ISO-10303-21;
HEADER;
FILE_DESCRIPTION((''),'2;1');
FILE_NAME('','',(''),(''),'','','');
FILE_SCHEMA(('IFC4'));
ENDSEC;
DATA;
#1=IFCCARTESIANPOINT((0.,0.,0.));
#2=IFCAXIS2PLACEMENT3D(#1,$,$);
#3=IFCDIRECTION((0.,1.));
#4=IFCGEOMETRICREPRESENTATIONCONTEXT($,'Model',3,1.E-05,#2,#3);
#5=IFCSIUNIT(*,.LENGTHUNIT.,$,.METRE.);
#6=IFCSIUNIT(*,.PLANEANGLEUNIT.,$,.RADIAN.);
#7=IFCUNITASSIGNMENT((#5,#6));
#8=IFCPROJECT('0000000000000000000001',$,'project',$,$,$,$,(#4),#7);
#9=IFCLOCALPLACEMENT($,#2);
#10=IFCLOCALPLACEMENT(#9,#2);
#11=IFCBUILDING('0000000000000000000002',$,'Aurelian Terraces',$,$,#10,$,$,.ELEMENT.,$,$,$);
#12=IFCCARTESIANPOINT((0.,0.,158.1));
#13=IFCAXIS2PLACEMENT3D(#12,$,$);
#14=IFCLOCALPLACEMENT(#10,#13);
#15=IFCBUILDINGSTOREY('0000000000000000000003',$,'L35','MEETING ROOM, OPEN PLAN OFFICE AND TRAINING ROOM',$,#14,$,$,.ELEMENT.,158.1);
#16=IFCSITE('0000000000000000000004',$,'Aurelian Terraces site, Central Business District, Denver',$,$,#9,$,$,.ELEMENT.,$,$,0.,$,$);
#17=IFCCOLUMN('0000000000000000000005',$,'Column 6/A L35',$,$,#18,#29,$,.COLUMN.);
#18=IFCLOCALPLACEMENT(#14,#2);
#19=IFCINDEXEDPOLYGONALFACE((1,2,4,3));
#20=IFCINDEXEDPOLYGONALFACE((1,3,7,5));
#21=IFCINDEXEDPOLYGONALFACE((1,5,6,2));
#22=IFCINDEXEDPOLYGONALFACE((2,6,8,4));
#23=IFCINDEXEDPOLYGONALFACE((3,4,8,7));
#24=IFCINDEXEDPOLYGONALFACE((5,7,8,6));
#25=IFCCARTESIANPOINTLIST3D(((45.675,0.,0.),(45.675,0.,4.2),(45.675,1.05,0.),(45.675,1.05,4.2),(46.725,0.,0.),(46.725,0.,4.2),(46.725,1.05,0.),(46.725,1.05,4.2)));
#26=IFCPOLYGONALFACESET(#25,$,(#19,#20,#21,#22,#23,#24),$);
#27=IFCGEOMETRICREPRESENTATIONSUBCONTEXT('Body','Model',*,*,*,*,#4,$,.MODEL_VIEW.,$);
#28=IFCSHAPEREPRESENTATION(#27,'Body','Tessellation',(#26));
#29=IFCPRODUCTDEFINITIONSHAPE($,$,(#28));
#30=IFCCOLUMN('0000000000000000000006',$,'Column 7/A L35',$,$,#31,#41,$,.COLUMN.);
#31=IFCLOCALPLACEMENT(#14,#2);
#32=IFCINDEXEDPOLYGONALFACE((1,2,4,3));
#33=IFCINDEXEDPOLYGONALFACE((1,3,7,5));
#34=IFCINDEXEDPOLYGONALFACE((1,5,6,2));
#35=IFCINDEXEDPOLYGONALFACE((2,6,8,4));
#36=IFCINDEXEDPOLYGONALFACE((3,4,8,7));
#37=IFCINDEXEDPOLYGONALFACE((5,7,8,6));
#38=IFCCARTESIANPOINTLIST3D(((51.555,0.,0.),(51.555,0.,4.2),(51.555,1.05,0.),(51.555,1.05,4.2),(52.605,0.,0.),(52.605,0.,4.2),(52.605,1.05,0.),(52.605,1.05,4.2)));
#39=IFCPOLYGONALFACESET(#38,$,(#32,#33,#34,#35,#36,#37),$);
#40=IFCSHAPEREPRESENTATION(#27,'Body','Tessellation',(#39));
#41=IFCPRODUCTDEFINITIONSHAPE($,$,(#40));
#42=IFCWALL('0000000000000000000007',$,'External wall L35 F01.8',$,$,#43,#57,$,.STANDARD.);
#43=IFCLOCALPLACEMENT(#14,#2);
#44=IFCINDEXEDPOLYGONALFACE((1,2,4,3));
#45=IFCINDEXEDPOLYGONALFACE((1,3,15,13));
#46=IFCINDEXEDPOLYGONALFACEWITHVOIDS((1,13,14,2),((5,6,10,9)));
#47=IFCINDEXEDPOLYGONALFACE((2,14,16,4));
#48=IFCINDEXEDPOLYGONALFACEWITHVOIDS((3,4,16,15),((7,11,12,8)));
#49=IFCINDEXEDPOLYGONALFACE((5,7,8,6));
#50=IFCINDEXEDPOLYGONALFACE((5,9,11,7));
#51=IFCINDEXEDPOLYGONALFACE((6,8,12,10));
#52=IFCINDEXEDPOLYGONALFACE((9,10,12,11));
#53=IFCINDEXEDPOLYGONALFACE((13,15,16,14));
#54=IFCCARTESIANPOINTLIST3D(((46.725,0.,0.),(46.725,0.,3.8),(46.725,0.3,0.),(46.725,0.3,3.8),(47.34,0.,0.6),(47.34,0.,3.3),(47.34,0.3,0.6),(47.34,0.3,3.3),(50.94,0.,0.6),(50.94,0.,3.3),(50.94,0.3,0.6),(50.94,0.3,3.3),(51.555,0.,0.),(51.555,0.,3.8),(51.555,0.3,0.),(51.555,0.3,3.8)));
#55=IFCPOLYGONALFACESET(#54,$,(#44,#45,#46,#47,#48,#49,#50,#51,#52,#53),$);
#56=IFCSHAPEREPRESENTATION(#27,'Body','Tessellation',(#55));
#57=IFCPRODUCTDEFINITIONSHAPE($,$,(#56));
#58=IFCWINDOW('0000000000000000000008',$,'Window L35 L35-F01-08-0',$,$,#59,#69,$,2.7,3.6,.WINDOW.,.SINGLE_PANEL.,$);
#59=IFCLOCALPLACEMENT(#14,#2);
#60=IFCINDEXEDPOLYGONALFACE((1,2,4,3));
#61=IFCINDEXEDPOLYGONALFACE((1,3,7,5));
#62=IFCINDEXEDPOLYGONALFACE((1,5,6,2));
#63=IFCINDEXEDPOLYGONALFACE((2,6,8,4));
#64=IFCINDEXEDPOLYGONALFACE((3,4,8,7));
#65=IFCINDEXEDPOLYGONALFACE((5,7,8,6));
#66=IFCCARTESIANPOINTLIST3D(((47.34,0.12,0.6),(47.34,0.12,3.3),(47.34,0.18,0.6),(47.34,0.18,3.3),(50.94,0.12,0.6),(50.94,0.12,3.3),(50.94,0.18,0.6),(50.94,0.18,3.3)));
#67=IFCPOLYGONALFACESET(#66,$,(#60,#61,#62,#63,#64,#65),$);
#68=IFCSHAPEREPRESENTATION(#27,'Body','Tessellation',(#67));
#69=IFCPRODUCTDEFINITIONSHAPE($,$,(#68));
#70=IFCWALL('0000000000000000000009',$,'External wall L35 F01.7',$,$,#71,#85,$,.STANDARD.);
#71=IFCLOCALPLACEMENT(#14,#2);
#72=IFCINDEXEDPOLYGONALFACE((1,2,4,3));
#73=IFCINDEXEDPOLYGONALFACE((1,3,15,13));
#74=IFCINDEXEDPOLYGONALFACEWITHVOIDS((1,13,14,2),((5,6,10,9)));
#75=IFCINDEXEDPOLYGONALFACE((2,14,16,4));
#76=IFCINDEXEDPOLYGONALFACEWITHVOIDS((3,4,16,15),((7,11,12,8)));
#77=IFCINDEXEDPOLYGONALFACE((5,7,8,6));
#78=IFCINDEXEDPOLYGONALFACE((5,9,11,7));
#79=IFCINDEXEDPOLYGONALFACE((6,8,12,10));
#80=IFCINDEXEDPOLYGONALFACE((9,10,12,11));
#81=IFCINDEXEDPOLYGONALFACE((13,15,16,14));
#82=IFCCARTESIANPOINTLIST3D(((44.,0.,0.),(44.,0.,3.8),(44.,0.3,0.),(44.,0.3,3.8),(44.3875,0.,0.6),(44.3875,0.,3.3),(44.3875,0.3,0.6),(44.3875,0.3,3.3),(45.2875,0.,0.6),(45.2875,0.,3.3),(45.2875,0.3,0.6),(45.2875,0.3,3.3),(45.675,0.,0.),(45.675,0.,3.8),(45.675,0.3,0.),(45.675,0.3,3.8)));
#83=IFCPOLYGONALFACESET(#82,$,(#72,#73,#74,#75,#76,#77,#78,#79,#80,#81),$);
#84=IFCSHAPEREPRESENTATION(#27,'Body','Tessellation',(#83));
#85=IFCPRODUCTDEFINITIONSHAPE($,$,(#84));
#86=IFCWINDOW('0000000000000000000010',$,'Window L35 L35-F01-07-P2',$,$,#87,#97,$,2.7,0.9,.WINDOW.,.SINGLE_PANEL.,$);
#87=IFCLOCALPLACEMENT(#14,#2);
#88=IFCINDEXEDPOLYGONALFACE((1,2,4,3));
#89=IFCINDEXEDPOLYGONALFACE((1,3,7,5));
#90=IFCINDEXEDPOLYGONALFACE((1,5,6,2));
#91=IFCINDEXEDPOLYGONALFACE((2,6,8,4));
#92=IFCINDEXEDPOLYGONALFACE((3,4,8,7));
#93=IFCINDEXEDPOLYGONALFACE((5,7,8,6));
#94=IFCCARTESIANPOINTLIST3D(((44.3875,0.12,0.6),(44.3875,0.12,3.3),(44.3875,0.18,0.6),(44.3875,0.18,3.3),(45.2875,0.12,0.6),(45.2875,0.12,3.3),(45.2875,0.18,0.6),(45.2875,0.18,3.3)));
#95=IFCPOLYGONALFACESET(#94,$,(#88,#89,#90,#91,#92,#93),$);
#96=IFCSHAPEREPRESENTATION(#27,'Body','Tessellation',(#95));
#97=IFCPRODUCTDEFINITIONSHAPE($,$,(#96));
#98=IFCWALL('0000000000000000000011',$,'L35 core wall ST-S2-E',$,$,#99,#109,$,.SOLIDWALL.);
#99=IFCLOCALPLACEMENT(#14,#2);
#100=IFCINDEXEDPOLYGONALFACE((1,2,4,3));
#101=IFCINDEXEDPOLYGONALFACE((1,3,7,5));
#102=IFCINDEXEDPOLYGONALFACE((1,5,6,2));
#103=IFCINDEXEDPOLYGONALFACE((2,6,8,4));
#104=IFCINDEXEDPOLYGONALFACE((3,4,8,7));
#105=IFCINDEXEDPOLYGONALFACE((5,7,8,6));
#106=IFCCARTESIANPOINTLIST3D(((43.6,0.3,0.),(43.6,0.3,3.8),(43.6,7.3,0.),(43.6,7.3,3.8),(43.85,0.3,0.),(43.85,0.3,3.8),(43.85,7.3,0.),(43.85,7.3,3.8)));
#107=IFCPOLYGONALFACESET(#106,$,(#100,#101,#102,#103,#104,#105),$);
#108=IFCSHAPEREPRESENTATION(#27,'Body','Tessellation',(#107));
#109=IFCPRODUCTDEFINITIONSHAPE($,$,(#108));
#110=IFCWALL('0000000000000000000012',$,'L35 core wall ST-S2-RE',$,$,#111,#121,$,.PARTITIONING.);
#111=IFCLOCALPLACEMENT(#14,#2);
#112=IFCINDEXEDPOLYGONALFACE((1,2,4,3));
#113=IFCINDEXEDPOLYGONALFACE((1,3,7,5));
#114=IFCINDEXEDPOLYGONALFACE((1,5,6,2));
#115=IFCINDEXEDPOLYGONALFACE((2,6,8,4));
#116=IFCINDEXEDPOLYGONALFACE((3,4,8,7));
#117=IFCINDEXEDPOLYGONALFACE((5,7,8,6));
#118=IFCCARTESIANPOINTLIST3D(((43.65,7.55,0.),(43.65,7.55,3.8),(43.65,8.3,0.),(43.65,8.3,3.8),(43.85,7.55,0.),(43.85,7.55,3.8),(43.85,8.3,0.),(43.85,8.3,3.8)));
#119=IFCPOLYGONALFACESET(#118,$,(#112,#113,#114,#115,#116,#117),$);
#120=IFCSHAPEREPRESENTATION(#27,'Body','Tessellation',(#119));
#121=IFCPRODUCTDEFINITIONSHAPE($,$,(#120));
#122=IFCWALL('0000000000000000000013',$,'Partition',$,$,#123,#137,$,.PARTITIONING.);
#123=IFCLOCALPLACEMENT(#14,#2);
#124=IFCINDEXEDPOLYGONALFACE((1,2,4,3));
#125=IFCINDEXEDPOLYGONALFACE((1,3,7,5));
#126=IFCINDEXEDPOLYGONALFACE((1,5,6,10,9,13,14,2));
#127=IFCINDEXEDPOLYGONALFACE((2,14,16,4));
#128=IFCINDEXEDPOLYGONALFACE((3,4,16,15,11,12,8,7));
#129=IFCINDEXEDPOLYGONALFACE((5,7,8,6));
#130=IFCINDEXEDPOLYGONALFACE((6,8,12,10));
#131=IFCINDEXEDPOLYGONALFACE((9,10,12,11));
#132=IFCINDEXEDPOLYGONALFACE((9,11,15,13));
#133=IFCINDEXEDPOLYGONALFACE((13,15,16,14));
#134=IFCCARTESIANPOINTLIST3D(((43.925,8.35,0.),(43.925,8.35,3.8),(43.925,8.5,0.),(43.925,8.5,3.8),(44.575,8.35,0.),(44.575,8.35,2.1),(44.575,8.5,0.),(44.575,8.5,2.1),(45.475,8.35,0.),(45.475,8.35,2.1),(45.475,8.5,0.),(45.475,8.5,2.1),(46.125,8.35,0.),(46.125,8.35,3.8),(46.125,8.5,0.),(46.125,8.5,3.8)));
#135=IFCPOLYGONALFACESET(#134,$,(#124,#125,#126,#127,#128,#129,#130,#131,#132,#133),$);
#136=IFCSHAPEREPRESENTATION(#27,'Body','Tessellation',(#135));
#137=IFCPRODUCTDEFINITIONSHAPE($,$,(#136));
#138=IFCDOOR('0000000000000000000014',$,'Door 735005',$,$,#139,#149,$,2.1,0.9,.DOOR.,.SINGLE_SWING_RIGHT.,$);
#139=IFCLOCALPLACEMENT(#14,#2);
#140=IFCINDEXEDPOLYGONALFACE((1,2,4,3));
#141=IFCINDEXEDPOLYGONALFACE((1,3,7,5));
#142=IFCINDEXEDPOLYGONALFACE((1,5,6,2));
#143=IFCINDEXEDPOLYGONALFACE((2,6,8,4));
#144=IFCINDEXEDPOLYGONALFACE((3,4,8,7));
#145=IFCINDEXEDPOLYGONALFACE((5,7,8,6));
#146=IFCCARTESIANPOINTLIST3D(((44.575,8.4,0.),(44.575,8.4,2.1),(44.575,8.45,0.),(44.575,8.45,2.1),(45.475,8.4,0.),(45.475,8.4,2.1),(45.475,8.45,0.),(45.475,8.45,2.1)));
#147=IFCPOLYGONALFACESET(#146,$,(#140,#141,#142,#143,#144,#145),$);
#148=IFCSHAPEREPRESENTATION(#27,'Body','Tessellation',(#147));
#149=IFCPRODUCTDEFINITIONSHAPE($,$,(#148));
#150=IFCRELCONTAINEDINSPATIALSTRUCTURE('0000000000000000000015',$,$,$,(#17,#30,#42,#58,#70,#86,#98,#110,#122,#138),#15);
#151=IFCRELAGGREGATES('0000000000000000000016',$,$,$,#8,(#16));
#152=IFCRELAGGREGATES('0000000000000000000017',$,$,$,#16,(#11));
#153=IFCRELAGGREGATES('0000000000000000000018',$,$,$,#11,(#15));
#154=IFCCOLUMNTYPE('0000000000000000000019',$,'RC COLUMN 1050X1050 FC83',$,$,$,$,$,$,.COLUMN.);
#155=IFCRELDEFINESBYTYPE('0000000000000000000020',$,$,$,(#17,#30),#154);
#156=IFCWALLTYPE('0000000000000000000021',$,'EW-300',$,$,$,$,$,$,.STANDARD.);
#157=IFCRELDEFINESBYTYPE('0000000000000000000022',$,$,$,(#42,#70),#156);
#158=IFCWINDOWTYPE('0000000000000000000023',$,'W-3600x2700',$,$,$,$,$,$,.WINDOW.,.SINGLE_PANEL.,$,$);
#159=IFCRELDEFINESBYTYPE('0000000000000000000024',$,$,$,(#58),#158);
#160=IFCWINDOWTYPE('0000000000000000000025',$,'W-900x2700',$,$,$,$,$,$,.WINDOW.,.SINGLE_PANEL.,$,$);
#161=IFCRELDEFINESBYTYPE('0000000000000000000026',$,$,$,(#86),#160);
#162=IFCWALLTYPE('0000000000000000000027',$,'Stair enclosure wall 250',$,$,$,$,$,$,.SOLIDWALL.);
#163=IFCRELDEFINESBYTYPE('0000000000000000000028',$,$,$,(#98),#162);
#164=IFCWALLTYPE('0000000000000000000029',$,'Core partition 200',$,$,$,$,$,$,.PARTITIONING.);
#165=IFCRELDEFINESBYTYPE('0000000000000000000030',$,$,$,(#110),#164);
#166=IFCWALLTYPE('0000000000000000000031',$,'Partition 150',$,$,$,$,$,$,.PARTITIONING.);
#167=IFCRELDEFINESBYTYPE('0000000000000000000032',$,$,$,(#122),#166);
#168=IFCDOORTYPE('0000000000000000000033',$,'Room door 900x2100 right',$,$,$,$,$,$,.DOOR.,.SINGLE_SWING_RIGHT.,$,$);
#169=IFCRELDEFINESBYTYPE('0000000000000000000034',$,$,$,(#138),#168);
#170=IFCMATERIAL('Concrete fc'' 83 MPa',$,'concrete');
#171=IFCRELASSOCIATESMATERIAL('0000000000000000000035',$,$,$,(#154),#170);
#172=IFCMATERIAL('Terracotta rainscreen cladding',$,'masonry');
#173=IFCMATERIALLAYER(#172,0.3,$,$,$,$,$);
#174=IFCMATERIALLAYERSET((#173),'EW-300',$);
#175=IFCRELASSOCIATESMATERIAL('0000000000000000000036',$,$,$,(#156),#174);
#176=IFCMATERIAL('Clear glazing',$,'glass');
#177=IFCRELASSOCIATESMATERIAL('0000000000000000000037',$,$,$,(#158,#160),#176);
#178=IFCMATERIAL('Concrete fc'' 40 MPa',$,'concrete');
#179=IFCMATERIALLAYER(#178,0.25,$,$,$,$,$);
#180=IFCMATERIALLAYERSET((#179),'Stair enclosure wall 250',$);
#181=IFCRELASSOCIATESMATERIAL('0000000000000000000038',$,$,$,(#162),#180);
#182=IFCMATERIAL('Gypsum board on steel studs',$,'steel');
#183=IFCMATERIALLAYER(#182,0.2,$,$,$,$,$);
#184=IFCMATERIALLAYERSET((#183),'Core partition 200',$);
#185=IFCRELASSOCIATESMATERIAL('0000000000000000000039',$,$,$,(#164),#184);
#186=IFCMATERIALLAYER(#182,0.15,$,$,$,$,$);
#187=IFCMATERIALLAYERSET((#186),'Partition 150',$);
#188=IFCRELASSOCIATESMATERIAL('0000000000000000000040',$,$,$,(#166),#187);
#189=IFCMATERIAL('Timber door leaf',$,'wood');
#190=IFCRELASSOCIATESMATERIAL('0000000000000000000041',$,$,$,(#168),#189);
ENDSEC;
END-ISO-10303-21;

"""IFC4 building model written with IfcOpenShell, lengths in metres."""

from ifc_helpers import new_model, si_unit, direction, frame, frame_2d, origin, origin_2d, place, context, subcontext, project, spatial, rectangle, extrude, source, transform, mapped, material, layer, layer_set, material_profile, profile_set, type_object, element, fill, save


model = new_model("IFC4")

# Units and contexts
model_context = context("Model", 3, precision=1e-05, world=origin(), true_north=direction((0.0, 1.0)))
body_context = subcontext(model_context, "Body", "Model", "MODEL_VIEW")
ifc_project = project(units=[si_unit("LENGTHUNIT", "METRE"), si_unit("PLANEANGLEUNIT", "RADIAN")], contexts=[model_context])

# Site, building, storey
site_placement = place(None, origin())
site = spatial("IfcSite", under=ifc_project, at=site_placement, Name="Aurelian Terraces site, Central Business District, Denver", CompositionType="ELEMENT", RefElevation=0.0)
building_placement = place(site_placement, origin())
building = spatial("IfcBuilding", under=site, at=building_placement, Name="Aurelian Terraces", CompositionType="ELEMENT")
storey_placement = place(building_placement, frame((0.0, 0.0, 158.1)))
storey = spatial("IfcBuildingStorey", under=building, at=storey_placement, Name="L35", Description="MEETING ROOM, OPEN PLAN OFFICE AND TRAINING ROOM", CompositionType="ELEMENT", Elevation=158.1)

# Columns
ifc_material_1 = material(Name="Concrete fc' 83 MPa", Category="concrete")
ifc_material_profile = material_profile(ifc_material_1, rectangle(XDim=1.05, YDim=1.05, at=origin_2d()))
ifc_profile_set = profile_set([ifc_material_profile], Name="Concrete fc' 83 MPa")
column_type = type_object("IfcColumnType", Name="RC COLUMN 1050X1050 FC83", PredefinedType="COLUMN", material=ifc_profile_set)
shared_shape_1 = source(origin(), body_context, "Body", "SweptSolid", [
    extrude(rectangle(XDim=1.05, YDim=1.05, at=origin_2d()), origin(), (0.0, 0.0, 1.0), 4.2),
])
for number, where, z_axis, x_axis, name in (
    (1, (46.2, 0.525, 0.0), (0.0, 0.0, 1.0), (1.0, 0.0, 0.0), "Column 6/A L35"),
    (2, (52.08, 0.525, 0.0), (0.0, 0.0, 1.0), (1.0, 0.0, 0.0), "Column 7/A L35"),
):
    element("IfcColumn", number, at=place(storey_placement, frame(where, z_axis=z_axis, x_axis=x_axis)), inside=storey, type_object=column_type, Name=name, PredefinedType="COLUMN", context=body_context, shape_type="MappedRepresentation", body=[
        mapped(shared_shape_1, transform((0.0, 0.0, 0.0), scale=1.0)),
    ])

# Walls, openings, windows
ifc_material_2 = material(Name="Terracotta rainscreen cladding", Category="masonry")
ifc_layer_1 = layer(ifc_material_2, 0.3)
ifc_layer_set_1 = layer_set([ifc_layer_1], Name="EW-300")
wall_type_1 = type_object("IfcWallType", Name="EW-300", PredefinedType="STANDARD", material=ifc_layer_set_1)
shared_shape_2 = source(origin(), body_context, "Body", "SweptSolid", [
    extrude(rectangle(XDim=4.83, YDim=0.3, at=frame_2d((2.415, 0.0))), origin(), (0.0, 0.0, 1.0), 3.8),
])
wall_1_placement = place(storey_placement, frame((46.725, 0.15, 0.0), z_axis=(0.0, 0.0, 1.0), x_axis=(1.0, 0.0, 0.0)))
wall_1 = element("IfcWall", 3, at=wall_1_placement, inside=storey, type_object=wall_type_1, Name="External wall L35 F01.8", PredefinedType="STANDARD", context=body_context, shape_type="MappedRepresentation", body=[
    mapped(shared_shape_2, transform((0.0, 0.0, 0.0), scale=1.0)),
])
shared_shape_3 = source(origin(), body_context, "Body", "SweptSolid", [
    extrude(rectangle(XDim=3.6, YDim=2.7, at=frame_2d((1.8, 1.35))), frame((0.0, 0.16, 0.0), z_axis=(0.0, -1.0, 0.0), x_axis=(1.0, 0.0, 0.0)), (0.0, 0.0, 1.0), 0.32),
])
opening_1_placement = place(wall_1_placement, frame((0.615, 0.0, 0.6)))
opening_1 = element("IfcOpeningElement", 4, at=opening_1_placement, cuts=wall_1, PredefinedType="OPENING", context=body_context, shape_type="MappedRepresentation", body=[
    mapped(shared_shape_3, transform((0.0, 0.0, 0.0), scale=1.0)),
])
ifc_material_3 = material(Name="Clear glazing", Category="glass")
window_type_1 = type_object("IfcWindowType", Name="W-3600x2700", PartitioningType="SINGLE_PANEL", PredefinedType="WINDOW", material=ifc_material_3)
shared_shape_4 = source(origin(), body_context, "Body", "SweptSolid", [
    extrude(rectangle(XDim=3.6, YDim=2.7, at=frame_2d((1.8, 1.35))), frame((0.0, 0.03, 0.0), z_axis=(0.0, -1.0, 0.0), x_axis=(1.0, 0.0, 0.0)), (0.0, 0.0, 1.0), 0.06),
])
window_1_placement = place(opening_1_placement, origin())
window_1 = element("IfcWindow", 5, at=window_1_placement, inside=storey, type_object=window_type_1, Name="Window L35 L35-F01-08-0", OverallHeight=2.7, OverallWidth=3.6, PartitioningType="SINGLE_PANEL", PredefinedType="WINDOW", context=body_context, shape_type="MappedRepresentation", body=[
    mapped(shared_shape_4, transform((0.0, 0.0, 0.0), scale=1.0)),
])
fill(opening_1, window_1)
shared_shape_5 = source(origin(), body_context, "Body", "SweptSolid", [
    extrude(rectangle(XDim=1.675, YDim=0.3, at=frame_2d((0.8375, 0.0))), origin(), (0.0, 0.0, 1.0), 3.8),
])
wall_2_placement = place(storey_placement, frame((44.0, 0.15, 0.0), z_axis=(0.0, 0.0, 1.0), x_axis=(1.0, 0.0, 0.0)))
wall_2 = element("IfcWall", 6, at=wall_2_placement, inside=storey, type_object=wall_type_1, Name="External wall L35 F01.7", PredefinedType="STANDARD", context=body_context, shape_type="MappedRepresentation", body=[
    mapped(shared_shape_5, transform((0.0, 0.0, 0.0), scale=1.0)),
])
shared_shape_6 = source(origin(), body_context, "Body", "SweptSolid", [
    extrude(rectangle(XDim=0.9, YDim=2.7, at=frame_2d((0.45, 1.35))), frame((0.0, 0.16, 0.0), z_axis=(0.0, -1.0, 0.0), x_axis=(1.0, 0.0, 0.0)), (0.0, 0.0, 1.0), 0.32),
])
opening_2_placement = place(wall_2_placement, frame((0.3875, 0.0, 0.6)))
opening_2 = element("IfcOpeningElement", 7, at=opening_2_placement, cuts=wall_2, PredefinedType="OPENING", context=body_context, shape_type="MappedRepresentation", body=[
    mapped(shared_shape_6, transform((0.0, 0.0, 0.0), scale=1.0)),
])
window_type_2 = type_object("IfcWindowType", Name="W-900x2700", PartitioningType="SINGLE_PANEL", PredefinedType="WINDOW", material=ifc_material_3)
shared_shape_7 = source(origin(), body_context, "Body", "SweptSolid", [
    extrude(rectangle(XDim=0.9, YDim=2.7, at=frame_2d((0.45, 1.35))), frame((0.0, 0.03, 0.0), z_axis=(0.0, -1.0, 0.0), x_axis=(1.0, 0.0, 0.0)), (0.0, 0.0, 1.0), 0.06),
])
window_2_placement = place(opening_2_placement, origin())
window_2 = element("IfcWindow", 8, at=window_2_placement, inside=storey, type_object=window_type_2, Name="Window L35 L35-F01-07-P2", OverallHeight=2.7, OverallWidth=0.9, PartitioningType="SINGLE_PANEL", PredefinedType="WINDOW", context=body_context, shape_type="MappedRepresentation", body=[
    mapped(shared_shape_7, transform((0.0, 0.0, 0.0), scale=1.0)),
])
fill(opening_2, window_2)

# Walls
ifc_material_4 = material(Name="Concrete fc' 40 MPa", Category="concrete")
ifc_layer_2 = layer(ifc_material_4, 0.25)
ifc_layer_set_2 = layer_set([ifc_layer_2], Name="Stair enclosure wall 250")
wall_type_2 = type_object("IfcWallType", Name="Stair enclosure wall 250", PredefinedType="SOLIDWALL", material=ifc_layer_set_2)
shared_shape_8 = source(origin(), body_context, "Body", "SweptSolid", [
    extrude(rectangle(XDim=7.0, YDim=0.25, at=frame_2d((3.5, 0.0))), origin(), (0.0, 0.0, 1.0), 3.8),
])
wall_3_placement = place(storey_placement, frame((43.725, 0.3, 0.0), z_axis=(0.0, 0.0, 1.0), x_axis=(0.0, 1.0, 0.0)))
element("IfcWall", 9, at=wall_3_placement, inside=storey, type_object=wall_type_2, Name="L35 core wall ST-S2-E", PredefinedType="SOLIDWALL", context=body_context, shape_type="MappedRepresentation", body=[
    mapped(shared_shape_8, transform((0.0, 0.0, 0.0), scale=1.0)),
])
ifc_material_5 = material(Name="Gypsum board on steel studs", Category="steel")
ifc_layer_3 = layer(ifc_material_5, 0.2)
ifc_layer_set_3 = layer_set([ifc_layer_3], Name="Core partition 200")
wall_type_3 = type_object("IfcWallType", Name="Core partition 200", PredefinedType="PARTITIONING", material=ifc_layer_set_3)
shared_shape_9 = source(origin(), body_context, "Body", "SweptSolid", [
    extrude(rectangle(XDim=0.75, YDim=0.2, at=frame_2d((0.375, 0.0))), origin(), (0.0, 0.0, 1.0), 3.8),
])
wall_4_placement = place(storey_placement, frame((43.75, 7.55, 0.0), z_axis=(0.0, 0.0, 1.0), x_axis=(0.0, 1.0, 0.0)))
element("IfcWall", 10, at=wall_4_placement, inside=storey, type_object=wall_type_3, Name="L35 core wall ST-S2-RE", PredefinedType="PARTITIONING", context=body_context, shape_type="MappedRepresentation", body=[
    mapped(shared_shape_9, transform((0.0, 0.0, 0.0), scale=1.0)),
])

# Wall, opening, door
ifc_layer_4 = layer(ifc_material_5, 0.15)
ifc_layer_set_4 = layer_set([ifc_layer_4], Name="Partition 150")
wall_type_4 = type_object("IfcWallType", Name="Partition 150", PredefinedType="PARTITIONING", material=ifc_layer_set_4)
shared_shape_10 = source(origin(), body_context, "Body", "SweptSolid", [
    extrude(rectangle(XDim=2.2, YDim=0.15, at=frame_2d((1.1, 0.0))), origin(), (0.0, 0.0, 1.0), 3.8),
])
wall_5_placement = place(storey_placement, frame((46.125, 8.425, 0.0), z_axis=(0.0, 0.0, 1.0), x_axis=(-1.0, 0.0, 0.0)))
wall_5 = element("IfcWall", 11, at=wall_5_placement, inside=storey, type_object=wall_type_4, Name="Partition", PredefinedType="PARTITIONING", context=body_context, shape_type="MappedRepresentation", body=[
    mapped(shared_shape_10, transform((0.0, 0.0, 0.0), scale=1.0)),
])
shared_shape_11 = source(origin(), body_context, "Body", "SweptSolid", [
    extrude(rectangle(XDim=0.9, YDim=2.1, at=frame_2d((0.45, 1.05))), frame((0.0, 0.085, 0.0), z_axis=(0.0, -1.0, 0.0), x_axis=(1.0, 0.0, 0.0)), (0.0, 0.0, 1.0), 0.17),
])
opening_3_placement = place(wall_5_placement, frame((0.65, 0.0, 0.0)))
opening_3 = element("IfcOpeningElement", 12, at=opening_3_placement, cuts=wall_5, PredefinedType="OPENING", context=body_context, shape_type="MappedRepresentation", body=[
    mapped(shared_shape_11, transform((0.0, 0.0, 0.0), scale=1.0)),
])
ifc_material_6 = material(Name="Timber door leaf", Category="wood")
door_type = type_object("IfcDoorType", Name="Room door 900x2100 right", OperationType="SINGLE_SWING_RIGHT", PredefinedType="DOOR", material=ifc_material_6)
shared_shape_12 = source(origin(), body_context, "Body", "SweptSolid", [
    extrude(rectangle(XDim=0.9, YDim=2.1, at=frame_2d((0.45, 1.05))), frame((0.0, 0.025, 0.0), z_axis=(0.0, -1.0, 0.0), x_axis=(1.0, 0.0, 0.0)), (0.0, 0.0, 1.0), 0.05),
])
door_placement = place(opening_3_placement, origin())
door = element("IfcDoor", 13, at=door_placement, inside=storey, type_object=door_type, Name="Door 735005", OperationType="SINGLE_SWING_RIGHT", OverallHeight=2.1, OverallWidth=0.9, PredefinedType="DOOR", context=body_context, shape_type="MappedRepresentation", body=[
    mapped(shared_shape_12, transform((0.0, 0.0, 0.0), scale=1.0)),
])
fill(opening_3, door)

save(model, "model.ifc")
